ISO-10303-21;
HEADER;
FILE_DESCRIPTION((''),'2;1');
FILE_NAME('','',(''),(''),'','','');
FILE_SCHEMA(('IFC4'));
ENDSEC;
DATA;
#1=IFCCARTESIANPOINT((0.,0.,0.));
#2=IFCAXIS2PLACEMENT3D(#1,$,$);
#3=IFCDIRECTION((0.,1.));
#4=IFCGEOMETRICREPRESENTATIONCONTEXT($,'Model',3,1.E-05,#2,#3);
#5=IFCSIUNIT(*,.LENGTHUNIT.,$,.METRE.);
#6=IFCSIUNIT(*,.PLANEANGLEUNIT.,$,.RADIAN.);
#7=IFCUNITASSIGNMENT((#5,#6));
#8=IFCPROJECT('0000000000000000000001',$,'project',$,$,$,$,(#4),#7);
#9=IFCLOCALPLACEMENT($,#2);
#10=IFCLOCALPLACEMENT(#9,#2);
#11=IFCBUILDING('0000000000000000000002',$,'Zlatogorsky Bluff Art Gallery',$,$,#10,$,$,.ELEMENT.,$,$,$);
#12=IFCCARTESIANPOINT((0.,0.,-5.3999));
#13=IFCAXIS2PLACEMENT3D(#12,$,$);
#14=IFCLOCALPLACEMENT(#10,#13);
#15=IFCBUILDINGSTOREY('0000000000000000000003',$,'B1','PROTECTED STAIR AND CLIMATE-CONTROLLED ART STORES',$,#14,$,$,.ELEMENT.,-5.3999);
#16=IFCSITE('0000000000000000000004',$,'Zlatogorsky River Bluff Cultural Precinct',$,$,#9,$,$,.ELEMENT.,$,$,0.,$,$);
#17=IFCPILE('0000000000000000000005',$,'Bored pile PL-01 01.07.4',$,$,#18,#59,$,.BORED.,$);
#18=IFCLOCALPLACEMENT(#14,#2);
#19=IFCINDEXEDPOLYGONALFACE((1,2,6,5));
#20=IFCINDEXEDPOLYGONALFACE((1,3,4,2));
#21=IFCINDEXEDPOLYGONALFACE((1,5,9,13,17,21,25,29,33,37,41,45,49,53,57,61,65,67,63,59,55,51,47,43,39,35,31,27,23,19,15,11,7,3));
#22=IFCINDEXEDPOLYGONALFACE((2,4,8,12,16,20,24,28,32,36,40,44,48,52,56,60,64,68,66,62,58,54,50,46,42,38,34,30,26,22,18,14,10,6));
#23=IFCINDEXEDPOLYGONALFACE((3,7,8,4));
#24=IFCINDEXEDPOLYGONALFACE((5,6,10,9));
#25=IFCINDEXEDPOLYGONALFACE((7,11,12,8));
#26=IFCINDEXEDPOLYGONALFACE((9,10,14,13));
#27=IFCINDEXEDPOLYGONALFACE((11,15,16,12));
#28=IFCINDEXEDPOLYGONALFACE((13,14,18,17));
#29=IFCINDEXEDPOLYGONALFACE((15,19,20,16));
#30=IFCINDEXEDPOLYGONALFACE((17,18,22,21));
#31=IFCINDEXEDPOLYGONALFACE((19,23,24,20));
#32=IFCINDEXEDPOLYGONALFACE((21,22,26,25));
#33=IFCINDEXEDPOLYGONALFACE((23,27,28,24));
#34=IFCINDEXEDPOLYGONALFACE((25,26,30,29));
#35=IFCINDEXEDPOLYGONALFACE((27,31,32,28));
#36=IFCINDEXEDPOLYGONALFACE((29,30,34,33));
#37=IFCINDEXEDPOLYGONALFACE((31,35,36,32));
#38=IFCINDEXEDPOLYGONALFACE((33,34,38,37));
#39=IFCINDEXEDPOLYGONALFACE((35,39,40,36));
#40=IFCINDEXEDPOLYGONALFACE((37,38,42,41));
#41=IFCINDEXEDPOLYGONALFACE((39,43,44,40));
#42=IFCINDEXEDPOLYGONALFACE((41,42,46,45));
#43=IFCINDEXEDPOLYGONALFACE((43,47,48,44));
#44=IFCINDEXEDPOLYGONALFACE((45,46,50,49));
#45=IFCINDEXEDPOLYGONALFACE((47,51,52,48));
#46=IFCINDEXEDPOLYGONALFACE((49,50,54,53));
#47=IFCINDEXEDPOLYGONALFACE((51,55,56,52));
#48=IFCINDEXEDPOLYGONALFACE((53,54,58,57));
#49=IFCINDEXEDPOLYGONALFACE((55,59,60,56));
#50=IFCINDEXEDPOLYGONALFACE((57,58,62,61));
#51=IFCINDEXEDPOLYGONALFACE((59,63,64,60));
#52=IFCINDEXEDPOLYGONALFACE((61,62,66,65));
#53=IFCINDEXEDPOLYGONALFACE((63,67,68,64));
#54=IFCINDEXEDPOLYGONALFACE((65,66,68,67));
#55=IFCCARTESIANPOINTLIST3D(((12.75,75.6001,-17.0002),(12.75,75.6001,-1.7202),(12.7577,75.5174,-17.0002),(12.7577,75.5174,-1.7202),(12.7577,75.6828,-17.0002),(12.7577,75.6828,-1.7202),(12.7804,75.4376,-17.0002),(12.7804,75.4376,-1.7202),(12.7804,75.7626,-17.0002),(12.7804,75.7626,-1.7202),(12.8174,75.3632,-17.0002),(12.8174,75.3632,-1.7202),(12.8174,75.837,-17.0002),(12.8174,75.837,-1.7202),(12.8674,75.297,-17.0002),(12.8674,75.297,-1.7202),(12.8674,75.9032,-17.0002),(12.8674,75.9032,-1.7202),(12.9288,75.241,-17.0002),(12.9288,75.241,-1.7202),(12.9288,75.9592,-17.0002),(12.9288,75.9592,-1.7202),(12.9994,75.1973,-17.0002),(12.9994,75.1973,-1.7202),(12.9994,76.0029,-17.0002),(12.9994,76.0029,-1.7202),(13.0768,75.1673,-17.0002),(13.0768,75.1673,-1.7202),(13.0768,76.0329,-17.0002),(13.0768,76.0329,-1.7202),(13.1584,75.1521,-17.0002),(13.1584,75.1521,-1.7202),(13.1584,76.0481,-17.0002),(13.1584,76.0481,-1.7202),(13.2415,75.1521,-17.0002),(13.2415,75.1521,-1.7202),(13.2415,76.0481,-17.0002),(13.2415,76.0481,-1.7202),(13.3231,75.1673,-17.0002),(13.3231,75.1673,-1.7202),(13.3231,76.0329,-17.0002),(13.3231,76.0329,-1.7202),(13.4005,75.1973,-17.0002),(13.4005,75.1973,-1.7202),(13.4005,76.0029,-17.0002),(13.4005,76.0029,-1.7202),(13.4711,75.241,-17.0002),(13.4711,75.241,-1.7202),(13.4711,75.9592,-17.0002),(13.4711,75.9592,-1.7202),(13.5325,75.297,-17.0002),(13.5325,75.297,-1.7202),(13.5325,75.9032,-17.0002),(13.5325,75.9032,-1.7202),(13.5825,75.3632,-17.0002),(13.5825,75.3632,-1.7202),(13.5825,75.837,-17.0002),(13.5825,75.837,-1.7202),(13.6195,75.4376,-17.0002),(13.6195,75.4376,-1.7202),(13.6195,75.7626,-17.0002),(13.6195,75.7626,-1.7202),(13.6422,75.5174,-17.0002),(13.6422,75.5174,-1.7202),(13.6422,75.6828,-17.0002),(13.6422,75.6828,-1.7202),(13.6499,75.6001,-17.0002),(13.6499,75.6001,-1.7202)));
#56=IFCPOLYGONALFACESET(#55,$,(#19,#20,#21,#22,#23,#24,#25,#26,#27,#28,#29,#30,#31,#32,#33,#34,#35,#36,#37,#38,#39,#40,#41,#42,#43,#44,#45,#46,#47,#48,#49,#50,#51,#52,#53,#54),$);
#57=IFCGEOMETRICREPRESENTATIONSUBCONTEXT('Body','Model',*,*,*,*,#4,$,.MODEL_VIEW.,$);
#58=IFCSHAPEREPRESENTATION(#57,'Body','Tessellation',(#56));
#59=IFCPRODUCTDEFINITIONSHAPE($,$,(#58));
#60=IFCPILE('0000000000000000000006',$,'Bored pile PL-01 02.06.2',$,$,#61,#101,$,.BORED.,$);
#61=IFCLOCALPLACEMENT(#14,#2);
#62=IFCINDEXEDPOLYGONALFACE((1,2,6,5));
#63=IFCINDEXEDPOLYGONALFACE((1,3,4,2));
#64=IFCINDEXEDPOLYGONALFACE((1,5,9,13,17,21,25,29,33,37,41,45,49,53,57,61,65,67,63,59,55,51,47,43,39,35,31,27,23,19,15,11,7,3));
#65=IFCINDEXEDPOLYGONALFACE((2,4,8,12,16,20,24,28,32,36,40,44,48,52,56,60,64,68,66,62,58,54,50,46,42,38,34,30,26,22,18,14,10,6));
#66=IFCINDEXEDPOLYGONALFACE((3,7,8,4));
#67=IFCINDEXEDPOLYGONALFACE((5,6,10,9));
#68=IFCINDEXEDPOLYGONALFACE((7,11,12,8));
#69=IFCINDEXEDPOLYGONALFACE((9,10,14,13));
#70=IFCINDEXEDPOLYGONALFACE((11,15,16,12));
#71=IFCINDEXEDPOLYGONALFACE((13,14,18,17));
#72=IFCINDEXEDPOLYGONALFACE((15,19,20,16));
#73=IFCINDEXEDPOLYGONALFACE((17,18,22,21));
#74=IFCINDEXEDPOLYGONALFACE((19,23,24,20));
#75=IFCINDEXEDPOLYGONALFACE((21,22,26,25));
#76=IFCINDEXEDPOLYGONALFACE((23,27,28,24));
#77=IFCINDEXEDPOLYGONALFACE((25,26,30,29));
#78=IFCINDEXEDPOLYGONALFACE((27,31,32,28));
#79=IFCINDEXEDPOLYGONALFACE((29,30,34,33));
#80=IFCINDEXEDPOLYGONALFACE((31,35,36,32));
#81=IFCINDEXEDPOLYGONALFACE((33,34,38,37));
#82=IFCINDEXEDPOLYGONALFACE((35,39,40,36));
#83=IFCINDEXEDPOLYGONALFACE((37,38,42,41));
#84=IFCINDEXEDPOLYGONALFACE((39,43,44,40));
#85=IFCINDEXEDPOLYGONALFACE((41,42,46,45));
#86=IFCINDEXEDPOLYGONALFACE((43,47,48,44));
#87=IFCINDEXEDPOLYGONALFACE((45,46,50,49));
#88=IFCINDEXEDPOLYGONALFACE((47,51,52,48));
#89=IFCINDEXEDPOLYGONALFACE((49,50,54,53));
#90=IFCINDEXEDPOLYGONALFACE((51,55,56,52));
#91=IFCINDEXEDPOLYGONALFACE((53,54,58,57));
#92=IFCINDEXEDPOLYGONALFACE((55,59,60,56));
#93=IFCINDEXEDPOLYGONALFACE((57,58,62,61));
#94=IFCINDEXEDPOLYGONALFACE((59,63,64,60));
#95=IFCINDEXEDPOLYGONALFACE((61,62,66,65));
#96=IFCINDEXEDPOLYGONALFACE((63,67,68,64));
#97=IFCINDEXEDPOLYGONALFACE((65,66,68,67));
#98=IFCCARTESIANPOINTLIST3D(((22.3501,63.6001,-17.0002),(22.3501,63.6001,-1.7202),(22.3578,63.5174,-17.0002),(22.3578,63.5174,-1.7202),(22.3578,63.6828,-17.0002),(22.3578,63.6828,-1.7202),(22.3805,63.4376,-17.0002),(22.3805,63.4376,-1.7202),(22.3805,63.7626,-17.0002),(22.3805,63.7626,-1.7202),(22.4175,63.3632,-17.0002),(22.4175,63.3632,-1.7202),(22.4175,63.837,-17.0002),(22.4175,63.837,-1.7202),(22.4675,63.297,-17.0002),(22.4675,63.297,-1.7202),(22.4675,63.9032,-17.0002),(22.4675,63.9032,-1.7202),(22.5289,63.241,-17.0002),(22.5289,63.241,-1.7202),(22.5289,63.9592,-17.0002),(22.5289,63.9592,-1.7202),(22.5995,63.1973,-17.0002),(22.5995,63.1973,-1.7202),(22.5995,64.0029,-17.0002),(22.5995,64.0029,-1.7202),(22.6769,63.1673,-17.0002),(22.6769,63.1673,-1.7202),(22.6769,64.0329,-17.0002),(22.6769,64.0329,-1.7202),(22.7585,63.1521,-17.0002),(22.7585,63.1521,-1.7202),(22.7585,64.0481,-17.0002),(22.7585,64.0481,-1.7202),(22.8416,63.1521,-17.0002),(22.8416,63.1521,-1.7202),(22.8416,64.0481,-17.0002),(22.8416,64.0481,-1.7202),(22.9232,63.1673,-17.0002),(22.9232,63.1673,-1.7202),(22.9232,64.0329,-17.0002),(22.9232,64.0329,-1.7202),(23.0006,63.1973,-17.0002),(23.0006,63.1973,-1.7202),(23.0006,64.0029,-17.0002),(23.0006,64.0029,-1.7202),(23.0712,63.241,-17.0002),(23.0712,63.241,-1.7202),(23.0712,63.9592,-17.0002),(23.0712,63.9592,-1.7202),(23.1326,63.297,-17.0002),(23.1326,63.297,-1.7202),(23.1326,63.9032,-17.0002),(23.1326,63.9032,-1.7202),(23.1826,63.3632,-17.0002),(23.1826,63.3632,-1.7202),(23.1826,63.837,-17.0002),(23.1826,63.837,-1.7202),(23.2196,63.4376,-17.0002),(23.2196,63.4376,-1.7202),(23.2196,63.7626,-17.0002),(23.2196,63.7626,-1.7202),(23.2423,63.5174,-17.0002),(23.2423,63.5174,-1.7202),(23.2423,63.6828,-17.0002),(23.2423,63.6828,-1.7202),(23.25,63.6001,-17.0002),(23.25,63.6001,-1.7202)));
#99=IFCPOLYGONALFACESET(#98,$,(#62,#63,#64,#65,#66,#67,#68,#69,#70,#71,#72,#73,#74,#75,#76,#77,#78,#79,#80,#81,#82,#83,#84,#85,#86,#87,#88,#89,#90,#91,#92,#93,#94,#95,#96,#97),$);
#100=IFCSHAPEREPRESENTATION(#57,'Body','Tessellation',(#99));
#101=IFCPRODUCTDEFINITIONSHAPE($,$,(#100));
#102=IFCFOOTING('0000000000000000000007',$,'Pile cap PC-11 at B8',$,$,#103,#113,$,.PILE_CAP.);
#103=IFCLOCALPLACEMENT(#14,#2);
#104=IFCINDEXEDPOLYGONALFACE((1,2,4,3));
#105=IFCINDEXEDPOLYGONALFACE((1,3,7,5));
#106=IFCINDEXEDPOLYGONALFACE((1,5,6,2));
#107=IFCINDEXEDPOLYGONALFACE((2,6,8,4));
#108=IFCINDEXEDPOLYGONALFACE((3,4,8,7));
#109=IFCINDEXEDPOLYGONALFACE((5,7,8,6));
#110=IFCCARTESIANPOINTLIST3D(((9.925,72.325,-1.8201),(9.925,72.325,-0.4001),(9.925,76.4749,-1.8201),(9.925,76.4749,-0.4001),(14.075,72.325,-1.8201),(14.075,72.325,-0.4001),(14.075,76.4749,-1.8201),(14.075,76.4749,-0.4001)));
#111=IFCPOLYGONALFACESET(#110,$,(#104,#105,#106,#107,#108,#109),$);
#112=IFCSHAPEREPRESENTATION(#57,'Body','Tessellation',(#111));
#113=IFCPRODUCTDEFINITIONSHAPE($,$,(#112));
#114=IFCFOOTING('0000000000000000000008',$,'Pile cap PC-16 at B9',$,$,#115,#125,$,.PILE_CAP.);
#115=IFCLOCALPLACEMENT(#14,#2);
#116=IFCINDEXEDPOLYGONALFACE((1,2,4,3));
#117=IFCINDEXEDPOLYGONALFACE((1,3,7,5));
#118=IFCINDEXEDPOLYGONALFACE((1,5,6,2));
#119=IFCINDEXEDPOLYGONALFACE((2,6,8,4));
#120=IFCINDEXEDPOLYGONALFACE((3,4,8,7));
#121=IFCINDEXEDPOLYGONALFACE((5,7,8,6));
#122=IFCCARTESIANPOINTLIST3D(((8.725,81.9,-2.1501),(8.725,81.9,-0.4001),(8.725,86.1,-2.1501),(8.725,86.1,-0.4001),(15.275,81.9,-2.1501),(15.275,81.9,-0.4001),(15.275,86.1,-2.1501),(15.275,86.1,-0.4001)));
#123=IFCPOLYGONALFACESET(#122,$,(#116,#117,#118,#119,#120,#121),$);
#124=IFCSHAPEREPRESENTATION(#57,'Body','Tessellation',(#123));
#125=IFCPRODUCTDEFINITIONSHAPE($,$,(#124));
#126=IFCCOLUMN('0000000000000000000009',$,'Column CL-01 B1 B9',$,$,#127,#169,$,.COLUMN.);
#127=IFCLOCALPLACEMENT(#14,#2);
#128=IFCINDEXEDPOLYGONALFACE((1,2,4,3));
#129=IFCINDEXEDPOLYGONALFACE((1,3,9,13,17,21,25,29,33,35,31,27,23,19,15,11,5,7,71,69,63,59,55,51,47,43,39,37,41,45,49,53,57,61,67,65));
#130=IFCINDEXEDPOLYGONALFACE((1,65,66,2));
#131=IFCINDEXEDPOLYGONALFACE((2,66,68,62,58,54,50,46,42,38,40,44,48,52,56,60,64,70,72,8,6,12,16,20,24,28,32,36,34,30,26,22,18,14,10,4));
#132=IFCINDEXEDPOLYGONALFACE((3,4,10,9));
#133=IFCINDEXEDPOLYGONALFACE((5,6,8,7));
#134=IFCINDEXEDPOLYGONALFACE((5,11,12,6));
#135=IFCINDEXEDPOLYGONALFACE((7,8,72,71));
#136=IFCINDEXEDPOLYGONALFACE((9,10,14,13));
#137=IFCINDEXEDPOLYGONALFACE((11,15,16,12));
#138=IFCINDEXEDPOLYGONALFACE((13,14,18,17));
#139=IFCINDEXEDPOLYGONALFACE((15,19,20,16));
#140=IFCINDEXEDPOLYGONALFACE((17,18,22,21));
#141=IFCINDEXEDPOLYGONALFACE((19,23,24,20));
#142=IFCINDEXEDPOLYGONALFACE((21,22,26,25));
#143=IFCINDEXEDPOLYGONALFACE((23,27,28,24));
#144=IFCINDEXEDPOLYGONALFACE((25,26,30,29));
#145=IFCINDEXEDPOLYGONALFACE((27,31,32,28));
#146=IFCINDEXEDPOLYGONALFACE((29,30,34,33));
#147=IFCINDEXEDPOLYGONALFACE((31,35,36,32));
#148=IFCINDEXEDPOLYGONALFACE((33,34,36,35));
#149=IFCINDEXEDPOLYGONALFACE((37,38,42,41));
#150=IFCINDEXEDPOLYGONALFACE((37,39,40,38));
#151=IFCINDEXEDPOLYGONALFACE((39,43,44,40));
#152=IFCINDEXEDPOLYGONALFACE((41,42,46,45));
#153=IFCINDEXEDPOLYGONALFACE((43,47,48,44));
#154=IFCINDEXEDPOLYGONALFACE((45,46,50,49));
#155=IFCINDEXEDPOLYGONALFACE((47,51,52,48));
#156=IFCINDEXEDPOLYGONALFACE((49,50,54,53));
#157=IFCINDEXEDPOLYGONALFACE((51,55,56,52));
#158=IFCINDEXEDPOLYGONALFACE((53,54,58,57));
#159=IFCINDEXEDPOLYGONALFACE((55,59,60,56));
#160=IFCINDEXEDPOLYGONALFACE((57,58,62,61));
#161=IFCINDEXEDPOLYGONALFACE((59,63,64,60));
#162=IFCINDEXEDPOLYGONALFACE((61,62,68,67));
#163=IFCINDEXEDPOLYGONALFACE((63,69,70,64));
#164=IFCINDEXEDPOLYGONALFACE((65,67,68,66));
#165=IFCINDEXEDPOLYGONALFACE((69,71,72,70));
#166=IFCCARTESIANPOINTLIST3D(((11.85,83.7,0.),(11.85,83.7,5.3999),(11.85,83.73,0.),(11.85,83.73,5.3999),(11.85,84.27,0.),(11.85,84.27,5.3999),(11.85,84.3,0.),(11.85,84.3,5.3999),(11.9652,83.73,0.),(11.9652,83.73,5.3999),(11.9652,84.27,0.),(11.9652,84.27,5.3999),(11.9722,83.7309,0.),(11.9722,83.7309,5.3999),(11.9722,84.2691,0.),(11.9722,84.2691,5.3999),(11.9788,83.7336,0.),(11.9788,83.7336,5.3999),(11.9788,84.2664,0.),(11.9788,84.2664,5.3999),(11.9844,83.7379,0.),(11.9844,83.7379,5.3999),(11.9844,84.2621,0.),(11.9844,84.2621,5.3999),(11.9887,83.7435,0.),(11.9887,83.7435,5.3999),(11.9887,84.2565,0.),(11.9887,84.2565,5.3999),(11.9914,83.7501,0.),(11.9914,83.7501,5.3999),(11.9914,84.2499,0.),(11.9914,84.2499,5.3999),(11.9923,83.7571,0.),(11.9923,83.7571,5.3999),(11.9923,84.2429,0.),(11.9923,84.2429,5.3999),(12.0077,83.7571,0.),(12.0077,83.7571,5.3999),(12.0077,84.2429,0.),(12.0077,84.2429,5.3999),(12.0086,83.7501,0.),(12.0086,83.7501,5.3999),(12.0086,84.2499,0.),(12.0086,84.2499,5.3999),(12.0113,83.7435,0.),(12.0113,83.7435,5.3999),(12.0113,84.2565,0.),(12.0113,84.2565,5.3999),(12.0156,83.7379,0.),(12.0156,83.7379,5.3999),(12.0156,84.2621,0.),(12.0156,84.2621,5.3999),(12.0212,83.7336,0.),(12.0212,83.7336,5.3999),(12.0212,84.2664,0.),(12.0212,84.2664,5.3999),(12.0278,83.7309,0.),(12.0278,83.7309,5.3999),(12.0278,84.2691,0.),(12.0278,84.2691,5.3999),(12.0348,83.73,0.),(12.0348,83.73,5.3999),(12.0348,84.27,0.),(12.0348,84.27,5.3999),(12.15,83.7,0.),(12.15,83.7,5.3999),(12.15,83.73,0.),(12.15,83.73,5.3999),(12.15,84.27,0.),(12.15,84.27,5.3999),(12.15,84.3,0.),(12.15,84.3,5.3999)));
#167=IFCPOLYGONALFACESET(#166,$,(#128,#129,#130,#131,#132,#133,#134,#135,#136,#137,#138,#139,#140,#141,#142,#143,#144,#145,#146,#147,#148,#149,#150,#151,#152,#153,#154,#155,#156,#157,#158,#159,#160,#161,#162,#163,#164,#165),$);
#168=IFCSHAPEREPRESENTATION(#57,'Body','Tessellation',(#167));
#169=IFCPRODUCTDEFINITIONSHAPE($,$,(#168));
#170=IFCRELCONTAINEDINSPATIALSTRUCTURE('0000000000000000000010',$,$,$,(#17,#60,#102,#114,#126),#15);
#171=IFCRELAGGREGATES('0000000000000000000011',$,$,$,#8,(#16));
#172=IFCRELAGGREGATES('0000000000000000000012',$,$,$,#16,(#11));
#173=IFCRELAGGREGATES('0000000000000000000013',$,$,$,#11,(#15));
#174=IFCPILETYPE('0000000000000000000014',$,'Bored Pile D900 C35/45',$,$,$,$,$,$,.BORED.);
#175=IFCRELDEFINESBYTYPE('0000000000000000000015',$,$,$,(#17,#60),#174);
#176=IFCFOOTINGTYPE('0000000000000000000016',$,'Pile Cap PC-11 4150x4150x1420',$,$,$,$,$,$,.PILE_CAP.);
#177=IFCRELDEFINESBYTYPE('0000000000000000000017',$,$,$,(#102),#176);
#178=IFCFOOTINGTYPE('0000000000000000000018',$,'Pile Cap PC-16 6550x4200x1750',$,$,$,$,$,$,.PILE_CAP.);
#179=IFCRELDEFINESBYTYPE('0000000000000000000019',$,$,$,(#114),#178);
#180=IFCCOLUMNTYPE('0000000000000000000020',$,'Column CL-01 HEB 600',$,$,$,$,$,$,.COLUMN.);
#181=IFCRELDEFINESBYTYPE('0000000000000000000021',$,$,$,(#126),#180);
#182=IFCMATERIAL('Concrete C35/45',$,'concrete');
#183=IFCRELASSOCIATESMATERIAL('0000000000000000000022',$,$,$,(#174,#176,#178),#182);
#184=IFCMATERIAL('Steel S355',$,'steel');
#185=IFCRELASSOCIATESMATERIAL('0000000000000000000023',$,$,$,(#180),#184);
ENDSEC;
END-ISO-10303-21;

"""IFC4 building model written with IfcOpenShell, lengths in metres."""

from ifc_helpers import new_model, si_unit, direction, frame, origin, origin_2d, place, context, subcontext, project, spatial, rectangle, circle, i_section, extrude, material, material_profile, profile_set, type_object, element, save


model = new_model("IFC4")

# Units and contexts
model_context = context("Model", 3, precision=1e-05, world=origin(), true_north=direction((0.0, 1.0)))
body_context = subcontext(model_context, "Body", "Model", "MODEL_VIEW")
ifc_project = project(units=[si_unit("LENGTHUNIT", "METRE"), si_unit("PLANEANGLEUNIT", "RADIAN")], contexts=[model_context])

# Site, building, storey
site_placement = place(None, origin())
site = spatial("IfcSite", under=ifc_project, at=site_placement, Name="Zlatogorsky River Bluff Cultural Precinct", CompositionType="ELEMENT", RefElevation=0.0)
building_placement = place(site_placement, origin())
building = spatial("IfcBuilding", under=site, at=building_placement, Name="Zlatogorsky Bluff Art Gallery", CompositionType="ELEMENT")
storey_placement = place(building_placement, frame((0.0, 0.0, -5.3999)))
storey = spatial("IfcBuildingStorey", under=building, at=storey_placement, Name="B1", Description="PROTECTED STAIR AND CLIMATE-CONTROLLED ART STORES", CompositionType="ELEMENT", Elevation=-5.3999)

# Piles
ifc_material_1 = material(Name="Concrete C35/45", Category="concrete")
ifc_material_profile_1 = material_profile(ifc_material_1, circle(Radius=0.45, at=origin_2d()), Name="BORED PILE D900")
ifc_profile_set_1 = profile_set([ifc_material_profile_1], Name="Concrete C35/45")
pile_type_1 = type_object("IfcPileType", Name="Bored Pile D900 C35/45", PredefinedType="BORED", material=ifc_profile_set_1)
for number, where, z_axis, x_axis, name in (
    (1, (13.2, 75.6001, -1.7202), (0.0, 0.0, -1.0), (1.0, 0.0, 0.0), "Bored pile PL-01 01.07.4"),
    (2, (22.8, 63.6001, -1.7202), (0.0, 0.0, -1.0), (1.0, 0.0, 0.0), "Bored pile PL-01 02.06.2"),
):
    element("IfcPile", number, at=place(storey_placement, frame(where, z_axis=z_axis, x_axis=x_axis)), inside=storey, type_object=pile_type_1, Name=name, PredefinedType="BORED", context=body_context, shape_type="SweptSolid", body=[
        extrude(circle(Radius=0.45, at=origin_2d()), origin(), (0.0, 0.0, 1.0), 15.28),
    ])

# Footings
footing_type_1 = type_object("IfcFootingType", Name="Pile Cap PC-11 4150x4150x1420", PredefinedType="PILE_CAP", material=ifc_material_1)
footing_1_placement = place(storey_placement, frame((12.0, 74.3999, -1.8201), z_axis=(0.0, 0.0, 1.0), x_axis=(1.0, 0.0, 0.0)))
element("IfcFooting", 3, at=footing_1_placement, inside=storey, type_object=footing_type_1, Name="Pile cap PC-11 at B8", PredefinedType="PILE_CAP", context=body_context, shape_type="SweptSolid", body=[
    extrude(rectangle(XDim=4.1499, YDim=4.1499, at=origin_2d()), origin(), (0.0, 0.0, 1.0), 1.4199),
])
footing_type_2 = type_object("IfcFootingType", Name="Pile Cap PC-16 6550x4200x1750", PredefinedType="PILE_CAP", material=ifc_material_1)
footing_2_placement = place(storey_placement, frame((12.0, 84.0, -2.1501), z_axis=(0.0, 0.0, 1.0), x_axis=(1.0, 0.0, 0.0)))
element("IfcFooting", 4, at=footing_2_placement, inside=storey, type_object=footing_type_2, Name="Pile cap PC-16 at B9", PredefinedType="PILE_CAP", context=body_context, shape_type="SweptSolid", body=[
    extrude(rectangle(XDim=6.55, YDim=4.2, at=origin_2d()), origin(), (0.0, 0.0, 1.0), 1.75),
])

# Column
ifc_material_2 = material(Name="Steel S355", Category="steel")
ifc_material_profile_2 = material_profile(ifc_material_2, i_section(OverallWidth=0.3, OverallDepth=0.6001, WebThickness=0.0154, FlangeThickness=0.03, FilletRadius=0.0271, at=origin_2d()), Name="HEB 600")
ifc_profile_set_2 = profile_set([ifc_material_profile_2], Name="Steel S355")
column_type_1 = type_object("IfcColumnType", Name="Column CL-01 HEB 600", PredefinedType="COLUMN", material=ifc_profile_set_2)
column_1_placement = place(storey_placement, frame((12.0, 84.0, 0.0), z_axis=(0.0, 0.0, 1.0), x_axis=(1.0, 0.0, 0.0)))
element("IfcColumn", 5, at=column_1_placement, inside=storey, type_object=column_type_1, Name="Column CL-01 B1 B9", PredefinedType="COLUMN", context=body_context, shape_type="SweptSolid", body=[
    extrude(i_section(OverallWidth=0.3, OverallDepth=0.6001, WebThickness=0.0154, FlangeThickness=0.03, FilletRadius=0.0271, at=origin_2d()), origin(), (0.0, 0.0, 1.0), 5.3999),
])

save(model, "model.ifc")
